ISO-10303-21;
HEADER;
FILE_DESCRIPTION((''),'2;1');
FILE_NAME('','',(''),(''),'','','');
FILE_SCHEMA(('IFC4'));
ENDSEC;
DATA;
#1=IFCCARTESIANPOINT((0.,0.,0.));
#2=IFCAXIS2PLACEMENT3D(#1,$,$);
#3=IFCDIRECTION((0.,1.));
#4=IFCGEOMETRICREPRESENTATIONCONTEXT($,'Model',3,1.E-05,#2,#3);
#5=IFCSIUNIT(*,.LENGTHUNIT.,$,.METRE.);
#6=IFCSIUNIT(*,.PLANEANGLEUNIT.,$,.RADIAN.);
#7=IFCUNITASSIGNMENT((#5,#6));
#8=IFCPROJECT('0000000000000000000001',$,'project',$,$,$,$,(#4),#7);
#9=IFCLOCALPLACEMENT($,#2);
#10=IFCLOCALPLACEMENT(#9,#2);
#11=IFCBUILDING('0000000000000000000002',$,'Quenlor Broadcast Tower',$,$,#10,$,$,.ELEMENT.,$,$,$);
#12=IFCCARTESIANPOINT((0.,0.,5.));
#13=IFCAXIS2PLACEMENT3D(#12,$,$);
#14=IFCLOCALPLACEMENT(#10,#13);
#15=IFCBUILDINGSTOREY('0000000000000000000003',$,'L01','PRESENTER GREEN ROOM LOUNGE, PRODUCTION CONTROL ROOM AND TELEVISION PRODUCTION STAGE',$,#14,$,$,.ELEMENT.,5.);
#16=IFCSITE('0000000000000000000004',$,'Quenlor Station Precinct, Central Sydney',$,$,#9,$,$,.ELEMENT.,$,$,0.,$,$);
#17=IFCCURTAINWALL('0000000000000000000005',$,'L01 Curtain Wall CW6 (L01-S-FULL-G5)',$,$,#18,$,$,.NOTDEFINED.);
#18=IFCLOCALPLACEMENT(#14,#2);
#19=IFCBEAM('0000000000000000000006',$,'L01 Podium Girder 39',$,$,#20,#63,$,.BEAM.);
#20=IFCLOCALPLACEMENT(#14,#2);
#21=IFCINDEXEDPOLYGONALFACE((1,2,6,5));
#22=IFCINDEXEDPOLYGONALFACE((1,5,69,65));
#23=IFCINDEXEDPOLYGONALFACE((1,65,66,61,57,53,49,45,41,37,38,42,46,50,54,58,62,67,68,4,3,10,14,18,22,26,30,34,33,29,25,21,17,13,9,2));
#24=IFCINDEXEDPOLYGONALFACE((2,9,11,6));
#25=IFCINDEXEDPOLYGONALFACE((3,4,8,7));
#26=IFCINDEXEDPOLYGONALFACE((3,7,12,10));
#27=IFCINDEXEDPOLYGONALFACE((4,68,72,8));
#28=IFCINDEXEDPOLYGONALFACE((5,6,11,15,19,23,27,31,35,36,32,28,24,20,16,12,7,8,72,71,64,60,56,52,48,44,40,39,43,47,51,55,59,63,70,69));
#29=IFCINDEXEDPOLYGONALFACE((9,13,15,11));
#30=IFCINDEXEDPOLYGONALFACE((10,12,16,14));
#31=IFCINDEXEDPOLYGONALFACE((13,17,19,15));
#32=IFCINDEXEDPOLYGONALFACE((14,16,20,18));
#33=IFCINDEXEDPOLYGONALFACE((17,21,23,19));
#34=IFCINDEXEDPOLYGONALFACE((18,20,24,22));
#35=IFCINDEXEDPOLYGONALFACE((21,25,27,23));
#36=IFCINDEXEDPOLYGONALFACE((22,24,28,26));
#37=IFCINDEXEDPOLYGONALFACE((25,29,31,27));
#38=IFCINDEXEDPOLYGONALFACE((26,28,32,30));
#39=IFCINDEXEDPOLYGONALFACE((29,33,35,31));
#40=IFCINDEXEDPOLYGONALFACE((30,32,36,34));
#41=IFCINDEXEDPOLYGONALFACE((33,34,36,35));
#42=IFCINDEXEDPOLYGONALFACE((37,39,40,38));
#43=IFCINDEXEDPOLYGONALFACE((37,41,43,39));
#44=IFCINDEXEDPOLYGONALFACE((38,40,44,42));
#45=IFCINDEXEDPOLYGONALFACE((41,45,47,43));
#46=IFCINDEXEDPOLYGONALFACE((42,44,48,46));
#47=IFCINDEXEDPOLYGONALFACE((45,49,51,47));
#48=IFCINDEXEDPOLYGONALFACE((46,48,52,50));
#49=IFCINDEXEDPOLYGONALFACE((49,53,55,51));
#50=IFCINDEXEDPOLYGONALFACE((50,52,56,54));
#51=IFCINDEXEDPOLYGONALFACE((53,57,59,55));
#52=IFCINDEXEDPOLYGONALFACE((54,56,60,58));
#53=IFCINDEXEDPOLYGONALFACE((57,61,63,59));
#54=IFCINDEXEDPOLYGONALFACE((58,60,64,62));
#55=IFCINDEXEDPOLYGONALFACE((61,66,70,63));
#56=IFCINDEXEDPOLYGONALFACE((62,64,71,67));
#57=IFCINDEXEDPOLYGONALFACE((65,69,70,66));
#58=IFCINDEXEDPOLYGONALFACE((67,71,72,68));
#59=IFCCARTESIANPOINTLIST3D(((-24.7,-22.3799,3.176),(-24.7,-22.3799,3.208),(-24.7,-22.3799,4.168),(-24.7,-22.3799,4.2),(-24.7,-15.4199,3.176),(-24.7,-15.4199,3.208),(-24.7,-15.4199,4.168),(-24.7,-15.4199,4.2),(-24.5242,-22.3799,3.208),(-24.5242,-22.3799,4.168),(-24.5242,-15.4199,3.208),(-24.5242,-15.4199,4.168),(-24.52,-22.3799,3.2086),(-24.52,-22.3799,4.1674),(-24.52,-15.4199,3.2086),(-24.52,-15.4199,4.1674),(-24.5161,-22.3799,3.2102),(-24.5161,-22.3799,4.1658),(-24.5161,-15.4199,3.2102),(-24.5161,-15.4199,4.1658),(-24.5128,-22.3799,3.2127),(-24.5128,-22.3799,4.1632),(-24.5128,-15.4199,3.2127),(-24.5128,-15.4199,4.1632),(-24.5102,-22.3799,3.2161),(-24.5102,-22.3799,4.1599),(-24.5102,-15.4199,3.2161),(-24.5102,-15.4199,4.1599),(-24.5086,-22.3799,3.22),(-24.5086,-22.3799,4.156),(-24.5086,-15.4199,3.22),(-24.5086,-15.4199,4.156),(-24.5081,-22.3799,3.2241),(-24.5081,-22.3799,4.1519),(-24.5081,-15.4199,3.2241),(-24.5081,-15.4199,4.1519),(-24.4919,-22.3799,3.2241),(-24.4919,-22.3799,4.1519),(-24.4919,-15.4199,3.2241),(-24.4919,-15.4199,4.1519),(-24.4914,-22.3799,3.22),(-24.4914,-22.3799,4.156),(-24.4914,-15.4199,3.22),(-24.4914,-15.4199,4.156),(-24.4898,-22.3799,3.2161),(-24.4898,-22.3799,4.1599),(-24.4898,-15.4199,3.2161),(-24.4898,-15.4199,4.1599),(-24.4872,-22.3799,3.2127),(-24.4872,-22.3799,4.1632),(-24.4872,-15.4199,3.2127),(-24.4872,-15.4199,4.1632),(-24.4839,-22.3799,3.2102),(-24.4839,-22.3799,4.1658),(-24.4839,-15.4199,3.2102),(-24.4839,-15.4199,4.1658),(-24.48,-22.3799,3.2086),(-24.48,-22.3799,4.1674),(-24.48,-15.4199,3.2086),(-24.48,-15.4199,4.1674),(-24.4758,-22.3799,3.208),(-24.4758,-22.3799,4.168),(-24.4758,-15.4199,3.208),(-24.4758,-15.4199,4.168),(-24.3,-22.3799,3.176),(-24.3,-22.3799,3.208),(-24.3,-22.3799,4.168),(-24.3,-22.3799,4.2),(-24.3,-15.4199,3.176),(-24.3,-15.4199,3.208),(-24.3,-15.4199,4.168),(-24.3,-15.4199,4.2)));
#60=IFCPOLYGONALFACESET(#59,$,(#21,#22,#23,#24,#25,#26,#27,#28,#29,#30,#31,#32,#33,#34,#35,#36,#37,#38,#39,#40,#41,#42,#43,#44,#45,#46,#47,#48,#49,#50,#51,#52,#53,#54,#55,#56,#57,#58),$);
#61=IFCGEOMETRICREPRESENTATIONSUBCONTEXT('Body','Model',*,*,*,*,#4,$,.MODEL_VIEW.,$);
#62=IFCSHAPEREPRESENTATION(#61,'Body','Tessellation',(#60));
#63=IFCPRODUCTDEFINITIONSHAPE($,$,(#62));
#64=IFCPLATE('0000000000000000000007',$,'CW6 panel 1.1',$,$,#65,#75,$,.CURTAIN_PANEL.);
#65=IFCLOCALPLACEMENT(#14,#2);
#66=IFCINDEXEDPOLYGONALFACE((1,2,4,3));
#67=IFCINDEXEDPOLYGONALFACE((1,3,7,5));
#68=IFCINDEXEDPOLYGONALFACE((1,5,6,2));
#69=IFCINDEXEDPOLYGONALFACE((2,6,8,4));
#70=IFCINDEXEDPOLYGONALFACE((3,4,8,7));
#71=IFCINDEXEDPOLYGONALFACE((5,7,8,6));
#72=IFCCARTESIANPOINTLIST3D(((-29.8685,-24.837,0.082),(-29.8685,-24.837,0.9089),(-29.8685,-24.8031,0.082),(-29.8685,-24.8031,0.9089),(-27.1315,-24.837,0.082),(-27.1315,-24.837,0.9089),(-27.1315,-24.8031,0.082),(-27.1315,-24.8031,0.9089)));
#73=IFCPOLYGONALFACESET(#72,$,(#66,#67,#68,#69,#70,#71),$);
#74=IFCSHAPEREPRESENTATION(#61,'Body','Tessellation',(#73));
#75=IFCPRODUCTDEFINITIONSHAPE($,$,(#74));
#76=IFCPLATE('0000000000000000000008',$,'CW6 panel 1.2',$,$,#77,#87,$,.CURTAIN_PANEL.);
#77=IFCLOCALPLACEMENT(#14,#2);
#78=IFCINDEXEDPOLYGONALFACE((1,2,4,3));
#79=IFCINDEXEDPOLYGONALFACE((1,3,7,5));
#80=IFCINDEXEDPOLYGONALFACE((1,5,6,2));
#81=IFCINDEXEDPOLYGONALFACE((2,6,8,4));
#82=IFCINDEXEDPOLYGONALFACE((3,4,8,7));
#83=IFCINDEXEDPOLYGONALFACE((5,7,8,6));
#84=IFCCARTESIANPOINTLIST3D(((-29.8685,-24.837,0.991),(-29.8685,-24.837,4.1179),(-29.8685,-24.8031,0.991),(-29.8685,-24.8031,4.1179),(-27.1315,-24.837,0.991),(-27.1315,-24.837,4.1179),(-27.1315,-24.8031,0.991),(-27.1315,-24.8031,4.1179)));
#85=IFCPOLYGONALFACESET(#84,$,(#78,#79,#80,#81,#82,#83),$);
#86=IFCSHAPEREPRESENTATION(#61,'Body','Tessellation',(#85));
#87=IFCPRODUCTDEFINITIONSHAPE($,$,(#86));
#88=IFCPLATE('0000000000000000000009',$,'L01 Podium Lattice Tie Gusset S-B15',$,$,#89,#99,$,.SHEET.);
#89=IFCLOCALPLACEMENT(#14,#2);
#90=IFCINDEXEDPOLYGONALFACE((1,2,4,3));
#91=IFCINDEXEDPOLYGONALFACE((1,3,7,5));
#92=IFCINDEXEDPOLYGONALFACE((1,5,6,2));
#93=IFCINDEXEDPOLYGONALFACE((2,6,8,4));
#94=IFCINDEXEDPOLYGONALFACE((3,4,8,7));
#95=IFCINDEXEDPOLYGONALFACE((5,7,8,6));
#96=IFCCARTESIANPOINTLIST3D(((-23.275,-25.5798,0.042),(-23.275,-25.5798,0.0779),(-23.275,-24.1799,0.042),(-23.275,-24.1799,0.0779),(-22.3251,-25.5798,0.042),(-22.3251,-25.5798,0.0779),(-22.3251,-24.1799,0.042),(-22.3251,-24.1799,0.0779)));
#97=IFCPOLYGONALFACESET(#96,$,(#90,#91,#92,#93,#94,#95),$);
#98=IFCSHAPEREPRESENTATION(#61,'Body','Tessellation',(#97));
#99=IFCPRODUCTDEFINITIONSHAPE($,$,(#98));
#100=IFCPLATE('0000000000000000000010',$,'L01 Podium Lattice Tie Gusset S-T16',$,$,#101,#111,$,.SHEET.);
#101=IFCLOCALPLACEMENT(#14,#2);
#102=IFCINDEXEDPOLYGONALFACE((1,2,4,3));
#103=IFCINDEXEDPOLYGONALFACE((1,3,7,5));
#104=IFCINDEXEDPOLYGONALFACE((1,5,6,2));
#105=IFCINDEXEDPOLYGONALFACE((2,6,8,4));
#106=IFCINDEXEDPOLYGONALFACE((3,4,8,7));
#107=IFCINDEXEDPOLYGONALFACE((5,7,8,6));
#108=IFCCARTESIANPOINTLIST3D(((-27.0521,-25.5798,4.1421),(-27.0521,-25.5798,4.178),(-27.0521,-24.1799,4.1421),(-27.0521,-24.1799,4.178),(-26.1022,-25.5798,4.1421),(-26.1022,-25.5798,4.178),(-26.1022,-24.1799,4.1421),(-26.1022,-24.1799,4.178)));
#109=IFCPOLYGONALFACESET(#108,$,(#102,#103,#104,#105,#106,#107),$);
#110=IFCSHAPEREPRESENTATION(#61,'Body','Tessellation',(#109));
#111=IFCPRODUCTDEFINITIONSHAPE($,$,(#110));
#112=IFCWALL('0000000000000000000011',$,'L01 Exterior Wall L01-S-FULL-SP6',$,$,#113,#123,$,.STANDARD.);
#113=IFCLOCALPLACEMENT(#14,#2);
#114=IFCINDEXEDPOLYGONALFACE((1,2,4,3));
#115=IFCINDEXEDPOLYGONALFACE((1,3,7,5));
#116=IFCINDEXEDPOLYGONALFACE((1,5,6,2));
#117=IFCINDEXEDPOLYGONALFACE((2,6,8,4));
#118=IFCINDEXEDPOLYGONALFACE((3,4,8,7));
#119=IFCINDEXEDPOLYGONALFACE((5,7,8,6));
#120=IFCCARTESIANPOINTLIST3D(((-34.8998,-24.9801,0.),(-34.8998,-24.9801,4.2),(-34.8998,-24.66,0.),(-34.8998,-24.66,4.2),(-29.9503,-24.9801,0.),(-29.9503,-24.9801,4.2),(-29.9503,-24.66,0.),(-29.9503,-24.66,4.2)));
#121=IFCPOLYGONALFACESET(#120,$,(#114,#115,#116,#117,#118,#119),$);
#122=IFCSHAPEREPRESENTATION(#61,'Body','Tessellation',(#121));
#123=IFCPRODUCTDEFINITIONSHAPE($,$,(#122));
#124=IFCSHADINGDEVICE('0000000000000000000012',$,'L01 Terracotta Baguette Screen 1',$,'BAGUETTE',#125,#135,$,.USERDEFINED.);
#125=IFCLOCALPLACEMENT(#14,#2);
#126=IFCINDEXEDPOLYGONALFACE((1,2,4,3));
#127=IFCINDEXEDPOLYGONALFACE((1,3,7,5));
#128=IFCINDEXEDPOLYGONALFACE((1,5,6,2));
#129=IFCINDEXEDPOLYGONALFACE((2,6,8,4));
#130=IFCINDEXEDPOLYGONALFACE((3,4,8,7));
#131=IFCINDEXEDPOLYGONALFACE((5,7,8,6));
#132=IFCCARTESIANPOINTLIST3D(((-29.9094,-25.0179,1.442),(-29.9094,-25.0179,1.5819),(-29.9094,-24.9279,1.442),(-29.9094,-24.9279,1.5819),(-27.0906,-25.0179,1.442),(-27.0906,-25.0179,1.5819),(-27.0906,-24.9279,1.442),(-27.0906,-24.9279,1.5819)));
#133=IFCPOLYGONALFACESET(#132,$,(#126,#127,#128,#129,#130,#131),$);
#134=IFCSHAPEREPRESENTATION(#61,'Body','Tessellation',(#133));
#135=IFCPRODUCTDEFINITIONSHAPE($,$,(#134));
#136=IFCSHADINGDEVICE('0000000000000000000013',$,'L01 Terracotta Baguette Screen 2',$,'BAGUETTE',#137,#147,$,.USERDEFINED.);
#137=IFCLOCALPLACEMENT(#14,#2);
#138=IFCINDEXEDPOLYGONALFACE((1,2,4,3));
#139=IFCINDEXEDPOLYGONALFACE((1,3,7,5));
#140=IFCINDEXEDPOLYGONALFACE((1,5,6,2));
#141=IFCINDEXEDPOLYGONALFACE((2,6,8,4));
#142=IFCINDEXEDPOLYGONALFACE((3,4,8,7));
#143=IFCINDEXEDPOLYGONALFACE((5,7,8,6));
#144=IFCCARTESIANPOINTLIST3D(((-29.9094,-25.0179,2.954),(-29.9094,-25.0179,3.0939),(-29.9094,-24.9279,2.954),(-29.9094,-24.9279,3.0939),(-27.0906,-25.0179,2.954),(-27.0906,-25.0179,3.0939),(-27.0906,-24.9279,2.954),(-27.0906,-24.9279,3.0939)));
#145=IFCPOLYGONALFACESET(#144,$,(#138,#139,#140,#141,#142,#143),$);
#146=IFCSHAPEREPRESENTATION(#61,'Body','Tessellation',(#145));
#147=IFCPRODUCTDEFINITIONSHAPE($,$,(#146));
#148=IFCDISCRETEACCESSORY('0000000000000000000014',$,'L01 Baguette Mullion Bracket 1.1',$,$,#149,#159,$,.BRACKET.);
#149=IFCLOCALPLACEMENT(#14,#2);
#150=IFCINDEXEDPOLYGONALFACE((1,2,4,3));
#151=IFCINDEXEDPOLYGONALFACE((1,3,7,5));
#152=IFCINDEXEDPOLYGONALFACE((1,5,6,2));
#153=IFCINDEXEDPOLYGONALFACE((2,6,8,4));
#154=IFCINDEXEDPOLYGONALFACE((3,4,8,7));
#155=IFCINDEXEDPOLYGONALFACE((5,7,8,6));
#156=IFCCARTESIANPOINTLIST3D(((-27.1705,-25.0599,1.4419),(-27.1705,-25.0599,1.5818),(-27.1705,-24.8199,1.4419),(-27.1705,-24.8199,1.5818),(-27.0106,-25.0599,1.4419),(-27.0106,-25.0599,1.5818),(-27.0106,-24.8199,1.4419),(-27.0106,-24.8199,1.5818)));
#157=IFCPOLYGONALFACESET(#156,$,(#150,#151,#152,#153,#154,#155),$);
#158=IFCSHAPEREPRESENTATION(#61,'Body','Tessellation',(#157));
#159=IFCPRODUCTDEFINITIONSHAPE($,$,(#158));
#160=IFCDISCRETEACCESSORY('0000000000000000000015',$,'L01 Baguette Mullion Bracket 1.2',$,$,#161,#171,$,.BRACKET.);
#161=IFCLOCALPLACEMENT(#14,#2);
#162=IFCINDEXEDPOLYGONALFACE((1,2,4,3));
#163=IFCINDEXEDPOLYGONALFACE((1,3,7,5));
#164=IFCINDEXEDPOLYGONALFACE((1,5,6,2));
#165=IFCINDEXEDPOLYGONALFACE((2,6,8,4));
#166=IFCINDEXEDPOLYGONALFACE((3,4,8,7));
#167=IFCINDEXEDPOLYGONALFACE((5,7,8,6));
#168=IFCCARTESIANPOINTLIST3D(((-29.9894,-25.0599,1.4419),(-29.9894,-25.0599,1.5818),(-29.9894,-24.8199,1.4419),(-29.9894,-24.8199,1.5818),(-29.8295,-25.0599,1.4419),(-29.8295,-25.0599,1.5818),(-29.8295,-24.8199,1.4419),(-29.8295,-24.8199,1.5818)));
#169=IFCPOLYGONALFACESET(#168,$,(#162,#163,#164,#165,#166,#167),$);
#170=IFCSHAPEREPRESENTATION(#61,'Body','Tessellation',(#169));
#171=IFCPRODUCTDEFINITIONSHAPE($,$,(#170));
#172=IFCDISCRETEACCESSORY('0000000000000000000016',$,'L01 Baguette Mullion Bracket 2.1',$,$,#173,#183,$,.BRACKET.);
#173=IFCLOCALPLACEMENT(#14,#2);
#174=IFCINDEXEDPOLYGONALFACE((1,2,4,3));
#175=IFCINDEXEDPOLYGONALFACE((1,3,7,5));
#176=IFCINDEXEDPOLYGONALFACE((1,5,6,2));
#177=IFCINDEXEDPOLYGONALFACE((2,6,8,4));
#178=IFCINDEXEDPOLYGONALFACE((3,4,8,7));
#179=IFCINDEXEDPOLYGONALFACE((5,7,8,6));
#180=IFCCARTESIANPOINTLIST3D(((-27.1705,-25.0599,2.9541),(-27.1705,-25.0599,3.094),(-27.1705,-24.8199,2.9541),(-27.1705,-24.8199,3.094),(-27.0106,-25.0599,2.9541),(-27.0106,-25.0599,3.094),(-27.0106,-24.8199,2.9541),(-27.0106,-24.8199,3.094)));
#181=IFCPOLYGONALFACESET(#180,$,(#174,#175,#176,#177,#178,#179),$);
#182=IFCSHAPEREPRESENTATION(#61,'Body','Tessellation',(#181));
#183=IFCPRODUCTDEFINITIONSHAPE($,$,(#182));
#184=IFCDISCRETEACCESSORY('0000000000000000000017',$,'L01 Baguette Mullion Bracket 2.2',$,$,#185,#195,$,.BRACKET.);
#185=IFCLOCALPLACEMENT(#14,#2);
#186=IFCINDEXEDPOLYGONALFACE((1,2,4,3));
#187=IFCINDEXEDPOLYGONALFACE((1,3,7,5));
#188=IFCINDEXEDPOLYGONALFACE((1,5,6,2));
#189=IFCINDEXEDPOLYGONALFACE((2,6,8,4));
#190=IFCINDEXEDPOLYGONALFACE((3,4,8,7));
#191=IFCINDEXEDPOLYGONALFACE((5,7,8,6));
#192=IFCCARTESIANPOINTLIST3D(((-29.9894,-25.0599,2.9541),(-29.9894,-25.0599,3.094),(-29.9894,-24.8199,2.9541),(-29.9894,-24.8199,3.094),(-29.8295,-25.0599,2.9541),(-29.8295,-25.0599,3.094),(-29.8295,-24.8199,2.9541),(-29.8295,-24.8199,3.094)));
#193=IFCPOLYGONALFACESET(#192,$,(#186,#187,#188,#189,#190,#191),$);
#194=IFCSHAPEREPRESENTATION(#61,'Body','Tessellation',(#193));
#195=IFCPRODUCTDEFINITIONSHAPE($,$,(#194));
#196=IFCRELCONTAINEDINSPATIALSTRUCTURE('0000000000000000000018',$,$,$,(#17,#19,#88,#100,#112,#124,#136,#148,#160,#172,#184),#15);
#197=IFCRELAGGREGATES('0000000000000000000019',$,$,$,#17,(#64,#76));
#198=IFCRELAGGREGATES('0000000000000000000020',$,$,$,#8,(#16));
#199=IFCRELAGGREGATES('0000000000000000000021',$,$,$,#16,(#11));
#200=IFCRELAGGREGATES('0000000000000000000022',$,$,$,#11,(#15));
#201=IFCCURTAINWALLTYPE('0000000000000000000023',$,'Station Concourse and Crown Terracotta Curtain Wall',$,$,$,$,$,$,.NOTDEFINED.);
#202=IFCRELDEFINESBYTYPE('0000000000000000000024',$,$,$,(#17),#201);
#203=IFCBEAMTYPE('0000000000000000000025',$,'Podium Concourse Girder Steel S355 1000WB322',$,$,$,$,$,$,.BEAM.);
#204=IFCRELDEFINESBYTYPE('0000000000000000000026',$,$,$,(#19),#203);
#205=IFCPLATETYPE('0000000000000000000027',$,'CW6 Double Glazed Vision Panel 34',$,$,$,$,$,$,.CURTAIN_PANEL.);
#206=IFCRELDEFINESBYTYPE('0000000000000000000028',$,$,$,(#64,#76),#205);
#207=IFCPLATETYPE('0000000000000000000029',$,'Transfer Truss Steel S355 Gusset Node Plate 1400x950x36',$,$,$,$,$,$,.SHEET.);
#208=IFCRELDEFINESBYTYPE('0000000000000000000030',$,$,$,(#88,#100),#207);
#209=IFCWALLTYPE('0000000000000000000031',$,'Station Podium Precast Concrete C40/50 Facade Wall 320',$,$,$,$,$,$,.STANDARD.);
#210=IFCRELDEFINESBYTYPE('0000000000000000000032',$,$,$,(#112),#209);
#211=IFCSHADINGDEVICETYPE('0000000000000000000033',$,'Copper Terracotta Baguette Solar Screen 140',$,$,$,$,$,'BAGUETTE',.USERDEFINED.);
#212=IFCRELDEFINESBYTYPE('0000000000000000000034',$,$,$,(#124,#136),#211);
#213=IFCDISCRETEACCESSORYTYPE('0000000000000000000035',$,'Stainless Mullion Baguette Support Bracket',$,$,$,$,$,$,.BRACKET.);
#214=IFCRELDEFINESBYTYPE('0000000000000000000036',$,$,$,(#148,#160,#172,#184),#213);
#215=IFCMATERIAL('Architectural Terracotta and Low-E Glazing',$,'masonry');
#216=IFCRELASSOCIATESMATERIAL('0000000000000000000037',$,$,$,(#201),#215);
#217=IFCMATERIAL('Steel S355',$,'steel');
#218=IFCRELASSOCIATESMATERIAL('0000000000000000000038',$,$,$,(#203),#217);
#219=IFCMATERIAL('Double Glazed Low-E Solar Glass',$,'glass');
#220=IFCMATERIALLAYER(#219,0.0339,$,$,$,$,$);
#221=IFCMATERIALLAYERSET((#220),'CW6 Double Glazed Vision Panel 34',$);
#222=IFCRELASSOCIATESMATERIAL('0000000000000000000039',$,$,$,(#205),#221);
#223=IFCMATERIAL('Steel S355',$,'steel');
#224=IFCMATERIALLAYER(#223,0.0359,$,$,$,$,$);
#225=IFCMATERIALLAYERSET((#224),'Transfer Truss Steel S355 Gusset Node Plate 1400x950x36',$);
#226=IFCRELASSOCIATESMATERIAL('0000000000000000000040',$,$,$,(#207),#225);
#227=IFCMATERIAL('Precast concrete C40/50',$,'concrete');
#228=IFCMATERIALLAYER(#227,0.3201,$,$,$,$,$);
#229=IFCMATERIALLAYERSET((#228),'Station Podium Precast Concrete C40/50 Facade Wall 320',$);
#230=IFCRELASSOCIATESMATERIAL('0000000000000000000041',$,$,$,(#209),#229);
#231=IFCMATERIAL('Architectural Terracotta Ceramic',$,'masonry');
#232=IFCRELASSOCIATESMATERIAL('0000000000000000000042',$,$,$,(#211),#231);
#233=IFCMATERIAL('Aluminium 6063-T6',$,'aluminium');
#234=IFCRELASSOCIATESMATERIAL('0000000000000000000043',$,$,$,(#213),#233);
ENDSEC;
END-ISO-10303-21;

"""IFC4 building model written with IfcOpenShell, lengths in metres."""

from ifc_helpers import new_model, si_unit, direction, frame, frame_2d, origin, origin_2d, place, context, subcontext, project, spatial, rectangle, i_section, extrude, material, layer, layer_set, material_profile, profile_set, type_object, element, aggregate, save


model = new_model("IFC4")

# Units and contexts
model_context = context("Model", 3, precision=1e-05, world=origin(), true_north=direction((0.0, 1.0)))
body_context = subcontext(model_context, "Body", "Model", "MODEL_VIEW")
ifc_project = project(units=[si_unit("LENGTHUNIT", "METRE"), si_unit("PLANEANGLEUNIT", "RADIAN")], contexts=[model_context])

# Site, building, storey
site_placement = place(None, origin())
site = spatial("IfcSite", under=ifc_project, at=site_placement, Name="Quenlor Station Precinct, Central Sydney", CompositionType="ELEMENT", RefElevation=0.0)
building_placement = place(site_placement, origin())
building = spatial("IfcBuilding", under=site, at=building_placement, Name="Quenlor Broadcast Tower", CompositionType="ELEMENT")
storey_placement = place(building_placement, frame((0.0, 0.0, 5.0)))
storey = spatial("IfcBuildingStorey", under=building, at=storey_placement, Name="L01", Description="PRESENTER GREEN ROOM LOUNGE, PRODUCTION CONTROL ROOM AND TELEVISION PRODUCTION STAGE", CompositionType="ELEMENT", Elevation=5.0)

# Curtain wall
ifc_material_1 = material(Name="Architectural Terracotta and Low-E Glazing", Category="masonry")
curtain_wall_type = type_object("IfcCurtainWallType", Name="Station Concourse and Crown Terracotta Curtain Wall", PredefinedType="NOTDEFINED", material=ifc_material_1)
curtain_wall_placement = place(storey_placement, origin())
curtain_wall = element("IfcCurtainWall", 1, at=curtain_wall_placement, inside=storey, type_object=curtain_wall_type, Name="L01 Curtain Wall CW6 (L01-S-FULL-G5)", PredefinedType="NOTDEFINED")

# Beam
ifc_material_2 = material(Name="Steel S355", Category="steel")
ifc_material_profile_1 = material_profile(ifc_material_2, i_section(OverallWidth=0.3999, OverallDepth=1.0239, WebThickness=0.0161, FlangeThickness=0.032, FilletRadius=0.0161, at=origin_2d()))
ifc_profile_set_1 = profile_set([ifc_material_profile_1], Name="Steel S355 1000WB322")
beam_type = type_object("IfcBeamType", Name="Podium Concourse Girder Steel S355 1000WB322", PredefinedType="BEAM", material=ifc_profile_set_1)
beam_1_placement = place(storey_placement, frame((-24.5, -22.3799, 3.688), z_axis=(0.0, 1.0, 0.0), x_axis=(-1.0, 0.0, 0.0)))
element("IfcBeam", 2, at=beam_1_placement, inside=storey, type_object=beam_type, Name="L01 Podium Girder 39", PredefinedType="BEAM", context=body_context, shape_type="SweptSolid", body=[
    extrude(i_section(OverallWidth=0.3999, OverallDepth=1.0239, WebThickness=0.0161, FlangeThickness=0.032, FilletRadius=0.0161, at=origin_2d()), origin(), (0.0, 0.0, 1.0), 6.96),
])

# Plates
ifc_material_3 = material(Name="Double Glazed Low-E Solar Glass", Category="glass")
ifc_layer_1 = layer(ifc_material_3, 0.0339)
ifc_layer_set_1 = layer_set([ifc_layer_1], Name="CW6 Double Glazed Vision Panel 34")
plate_type_1 = type_object("IfcPlateType", Name="CW6 Double Glazed Vision Panel 34", PredefinedType="CURTAIN_PANEL", material=ifc_layer_set_1)
plate_1_placement = place(storey_placement, frame((-28.5, -24.8201, 0.082), z_axis=(0.0, 0.0, 1.0), x_axis=(-1.0, 0.0, 0.0)))
plate_1 = element("IfcPlate", 3, at=plate_1_placement, type_object=plate_type_1, Name="CW6 panel 1.1", PredefinedType="CURTAIN_PANEL", context=body_context, shape_type="SweptSolid", body=[
    extrude(rectangle(XDim=2.7371, YDim=0.0339, at=origin_2d()), origin(), (0.0, 0.0, 1.0), 0.8269),
])
plate_2_placement = place(storey_placement, frame((-28.5, -24.8201, 0.991), z_axis=(0.0, 0.0, 1.0), x_axis=(-1.0, 0.0, 0.0)))
plate_2 = element("IfcPlate", 4, at=plate_2_placement, type_object=plate_type_1, Name="CW6 panel 1.2", PredefinedType="CURTAIN_PANEL", context=body_context, shape_type="SweptSolid", body=[
    extrude(rectangle(XDim=2.7371, YDim=0.0339, at=origin_2d()), origin(), (0.0, 0.0, 1.0), 3.127),
])
aggregate(curtain_wall, [plate_1, plate_2])

# Plates
ifc_material_4 = material(Name="Steel S355", Category="steel")
ifc_layer_2 = layer(ifc_material_4, 0.0359)
ifc_layer_set_2 = layer_set([ifc_layer_2], Name="Transfer Truss Steel S355 Gusset Node Plate 1400x950x36")
plate_type_2 = type_object("IfcPlateType", Name="Transfer Truss Steel S355 Gusset Node Plate 1400x950x36", PredefinedType="SHEET", material=ifc_layer_set_2)
for number, where, z_axis, x_axis, name in (
    (5, (-22.8, -24.8799, 0.042), (0.0, 0.0, 1.0), (0.0, -1.0, 0.0), "L01 Podium Lattice Tie Gusset S-B15"),
    (6, (-26.5771, -24.8799, 4.1421), (0.0, 0.0, 1.0), (0.0, -1.0, 0.0), "L01 Podium Lattice Tie Gusset S-T16"),
):
    element("IfcPlate", number, at=place(storey_placement, frame(where, z_axis=z_axis, x_axis=x_axis)), inside=storey, type_object=plate_type_2, Name=name, PredefinedType="SHEET", context=body_context, shape_type="SweptSolid", body=[
        extrude(rectangle(XDim=1.3999, YDim=0.95, at=origin_2d()), origin(), (0.0, 0.0, 1.0), 0.0359),
    ])

# Wall
ifc_material_5 = material(Name="Precast concrete C40/50", Category="concrete")
ifc_layer_3 = layer(ifc_material_5, 0.3201)
ifc_layer_set_3 = layer_set([ifc_layer_3], Name="Station Podium Precast Concrete C40/50 Facade Wall 320")
wall_type = type_object("IfcWallType", Name="Station Podium Precast Concrete C40/50 Facade Wall 320", PredefinedType="STANDARD", material=ifc_layer_set_3)
wall_placement = place(storey_placement, frame((-29.9504, -24.8201, 0.0), z_axis=(0.0, 0.0, 1.0), x_axis=(-1.0, 0.0, 0.0)))
element("IfcWall", 7, at=wall_placement, inside=storey, type_object=wall_type, Name="L01 Exterior Wall L01-S-FULL-SP6", PredefinedType="STANDARD", context=body_context, shape_type="SweptSolid", body=[
    extrude(rectangle(XDim=4.9495, YDim=0.3201, at=frame_2d((2.4746, 0.0))), origin(), (0.0, 0.0, 1.0), 4.2),
])

# Shading devices
ifc_material_6 = material(Name="Architectural Terracotta Ceramic", Category="masonry")
ifc_material_profile_2 = material_profile(ifc_material_6, rectangle(XDim=0.0901, YDim=0.1399, at=origin_2d()))
ifc_profile_set_2 = profile_set([ifc_material_profile_2], Name="Architectural Terracotta Ceramic BAG90x140")
shading_device_type = type_object("IfcShadingDeviceType", Name="Copper Terracotta Baguette Solar Screen 140", ElementType="BAGUETTE", PredefinedType="USERDEFINED", material=ifc_profile_set_2)
for number, where, z_axis, x_axis, name in (
    (8, (-27.0906, -24.9729, 1.512), (-1.0, 0.0, 0.0), (0.0, -1.0, 0.0), "L01 Terracotta Baguette Screen 1"),
    (9, (-27.0906, -24.9729, 3.0239), (-1.0, 0.0, 0.0), (0.0, -1.0, 0.0), "L01 Terracotta Baguette Screen 2"),
):
    element("IfcShadingDevice", number, at=place(storey_placement, frame(where, z_axis=z_axis, x_axis=x_axis)), inside=storey, type_object=shading_device_type, Name=name, ObjectType="BAGUETTE", PredefinedType="USERDEFINED", context=body_context, shape_type="SweptSolid", body=[
        extrude(rectangle(XDim=0.0901, YDim=0.1399, at=origin_2d()), origin(), (0.0, 0.0, 1.0), 2.8188),
    ])

# Discrete accessories
ifc_material_7 = material(Name="Aluminium 6063-T6", Category="aluminium")
discrete_accessory_type = type_object("IfcDiscreteAccessoryType", Name="Stainless Mullion Baguette Support Bracket", PredefinedType="BRACKET", material=ifc_material_7)
for number, where, z_axis, x_axis, name in (
    (10, (-27.0906, -24.9399, 1.4419), (0.0, 0.0, 1.0), (-1.0, 0.0, 0.0), "L01 Baguette Mullion Bracket 1.1"),
    (11, (-29.9094, -24.9399, 1.4419), (0.0, 0.0, 1.0), (-1.0, 0.0, 0.0), "L01 Baguette Mullion Bracket 1.2"),
    (12, (-27.0906, -24.9399, 2.9541), (0.0, 0.0, 1.0), (-1.0, 0.0, 0.0), "L01 Baguette Mullion Bracket 2.1"),
    (13, (-29.9094, -24.9399, 2.9541), (0.0, 0.0, 1.0), (-1.0, 0.0, 0.0), "L01 Baguette Mullion Bracket 2.2"),
):
    element("IfcDiscreteAccessory", number, at=place(storey_placement, frame(where, z_axis=z_axis, x_axis=x_axis)), inside=storey, type_object=discrete_accessory_type, Name=name, PredefinedType="BRACKET", context=body_context, shape_type="SweptSolid", body=[
        extrude(rectangle(XDim=0.1599, YDim=0.24, at=origin_2d()), origin(), (0.0, 0.0, 1.0), 0.1399),
    ])

save(model, "model.ifc")
